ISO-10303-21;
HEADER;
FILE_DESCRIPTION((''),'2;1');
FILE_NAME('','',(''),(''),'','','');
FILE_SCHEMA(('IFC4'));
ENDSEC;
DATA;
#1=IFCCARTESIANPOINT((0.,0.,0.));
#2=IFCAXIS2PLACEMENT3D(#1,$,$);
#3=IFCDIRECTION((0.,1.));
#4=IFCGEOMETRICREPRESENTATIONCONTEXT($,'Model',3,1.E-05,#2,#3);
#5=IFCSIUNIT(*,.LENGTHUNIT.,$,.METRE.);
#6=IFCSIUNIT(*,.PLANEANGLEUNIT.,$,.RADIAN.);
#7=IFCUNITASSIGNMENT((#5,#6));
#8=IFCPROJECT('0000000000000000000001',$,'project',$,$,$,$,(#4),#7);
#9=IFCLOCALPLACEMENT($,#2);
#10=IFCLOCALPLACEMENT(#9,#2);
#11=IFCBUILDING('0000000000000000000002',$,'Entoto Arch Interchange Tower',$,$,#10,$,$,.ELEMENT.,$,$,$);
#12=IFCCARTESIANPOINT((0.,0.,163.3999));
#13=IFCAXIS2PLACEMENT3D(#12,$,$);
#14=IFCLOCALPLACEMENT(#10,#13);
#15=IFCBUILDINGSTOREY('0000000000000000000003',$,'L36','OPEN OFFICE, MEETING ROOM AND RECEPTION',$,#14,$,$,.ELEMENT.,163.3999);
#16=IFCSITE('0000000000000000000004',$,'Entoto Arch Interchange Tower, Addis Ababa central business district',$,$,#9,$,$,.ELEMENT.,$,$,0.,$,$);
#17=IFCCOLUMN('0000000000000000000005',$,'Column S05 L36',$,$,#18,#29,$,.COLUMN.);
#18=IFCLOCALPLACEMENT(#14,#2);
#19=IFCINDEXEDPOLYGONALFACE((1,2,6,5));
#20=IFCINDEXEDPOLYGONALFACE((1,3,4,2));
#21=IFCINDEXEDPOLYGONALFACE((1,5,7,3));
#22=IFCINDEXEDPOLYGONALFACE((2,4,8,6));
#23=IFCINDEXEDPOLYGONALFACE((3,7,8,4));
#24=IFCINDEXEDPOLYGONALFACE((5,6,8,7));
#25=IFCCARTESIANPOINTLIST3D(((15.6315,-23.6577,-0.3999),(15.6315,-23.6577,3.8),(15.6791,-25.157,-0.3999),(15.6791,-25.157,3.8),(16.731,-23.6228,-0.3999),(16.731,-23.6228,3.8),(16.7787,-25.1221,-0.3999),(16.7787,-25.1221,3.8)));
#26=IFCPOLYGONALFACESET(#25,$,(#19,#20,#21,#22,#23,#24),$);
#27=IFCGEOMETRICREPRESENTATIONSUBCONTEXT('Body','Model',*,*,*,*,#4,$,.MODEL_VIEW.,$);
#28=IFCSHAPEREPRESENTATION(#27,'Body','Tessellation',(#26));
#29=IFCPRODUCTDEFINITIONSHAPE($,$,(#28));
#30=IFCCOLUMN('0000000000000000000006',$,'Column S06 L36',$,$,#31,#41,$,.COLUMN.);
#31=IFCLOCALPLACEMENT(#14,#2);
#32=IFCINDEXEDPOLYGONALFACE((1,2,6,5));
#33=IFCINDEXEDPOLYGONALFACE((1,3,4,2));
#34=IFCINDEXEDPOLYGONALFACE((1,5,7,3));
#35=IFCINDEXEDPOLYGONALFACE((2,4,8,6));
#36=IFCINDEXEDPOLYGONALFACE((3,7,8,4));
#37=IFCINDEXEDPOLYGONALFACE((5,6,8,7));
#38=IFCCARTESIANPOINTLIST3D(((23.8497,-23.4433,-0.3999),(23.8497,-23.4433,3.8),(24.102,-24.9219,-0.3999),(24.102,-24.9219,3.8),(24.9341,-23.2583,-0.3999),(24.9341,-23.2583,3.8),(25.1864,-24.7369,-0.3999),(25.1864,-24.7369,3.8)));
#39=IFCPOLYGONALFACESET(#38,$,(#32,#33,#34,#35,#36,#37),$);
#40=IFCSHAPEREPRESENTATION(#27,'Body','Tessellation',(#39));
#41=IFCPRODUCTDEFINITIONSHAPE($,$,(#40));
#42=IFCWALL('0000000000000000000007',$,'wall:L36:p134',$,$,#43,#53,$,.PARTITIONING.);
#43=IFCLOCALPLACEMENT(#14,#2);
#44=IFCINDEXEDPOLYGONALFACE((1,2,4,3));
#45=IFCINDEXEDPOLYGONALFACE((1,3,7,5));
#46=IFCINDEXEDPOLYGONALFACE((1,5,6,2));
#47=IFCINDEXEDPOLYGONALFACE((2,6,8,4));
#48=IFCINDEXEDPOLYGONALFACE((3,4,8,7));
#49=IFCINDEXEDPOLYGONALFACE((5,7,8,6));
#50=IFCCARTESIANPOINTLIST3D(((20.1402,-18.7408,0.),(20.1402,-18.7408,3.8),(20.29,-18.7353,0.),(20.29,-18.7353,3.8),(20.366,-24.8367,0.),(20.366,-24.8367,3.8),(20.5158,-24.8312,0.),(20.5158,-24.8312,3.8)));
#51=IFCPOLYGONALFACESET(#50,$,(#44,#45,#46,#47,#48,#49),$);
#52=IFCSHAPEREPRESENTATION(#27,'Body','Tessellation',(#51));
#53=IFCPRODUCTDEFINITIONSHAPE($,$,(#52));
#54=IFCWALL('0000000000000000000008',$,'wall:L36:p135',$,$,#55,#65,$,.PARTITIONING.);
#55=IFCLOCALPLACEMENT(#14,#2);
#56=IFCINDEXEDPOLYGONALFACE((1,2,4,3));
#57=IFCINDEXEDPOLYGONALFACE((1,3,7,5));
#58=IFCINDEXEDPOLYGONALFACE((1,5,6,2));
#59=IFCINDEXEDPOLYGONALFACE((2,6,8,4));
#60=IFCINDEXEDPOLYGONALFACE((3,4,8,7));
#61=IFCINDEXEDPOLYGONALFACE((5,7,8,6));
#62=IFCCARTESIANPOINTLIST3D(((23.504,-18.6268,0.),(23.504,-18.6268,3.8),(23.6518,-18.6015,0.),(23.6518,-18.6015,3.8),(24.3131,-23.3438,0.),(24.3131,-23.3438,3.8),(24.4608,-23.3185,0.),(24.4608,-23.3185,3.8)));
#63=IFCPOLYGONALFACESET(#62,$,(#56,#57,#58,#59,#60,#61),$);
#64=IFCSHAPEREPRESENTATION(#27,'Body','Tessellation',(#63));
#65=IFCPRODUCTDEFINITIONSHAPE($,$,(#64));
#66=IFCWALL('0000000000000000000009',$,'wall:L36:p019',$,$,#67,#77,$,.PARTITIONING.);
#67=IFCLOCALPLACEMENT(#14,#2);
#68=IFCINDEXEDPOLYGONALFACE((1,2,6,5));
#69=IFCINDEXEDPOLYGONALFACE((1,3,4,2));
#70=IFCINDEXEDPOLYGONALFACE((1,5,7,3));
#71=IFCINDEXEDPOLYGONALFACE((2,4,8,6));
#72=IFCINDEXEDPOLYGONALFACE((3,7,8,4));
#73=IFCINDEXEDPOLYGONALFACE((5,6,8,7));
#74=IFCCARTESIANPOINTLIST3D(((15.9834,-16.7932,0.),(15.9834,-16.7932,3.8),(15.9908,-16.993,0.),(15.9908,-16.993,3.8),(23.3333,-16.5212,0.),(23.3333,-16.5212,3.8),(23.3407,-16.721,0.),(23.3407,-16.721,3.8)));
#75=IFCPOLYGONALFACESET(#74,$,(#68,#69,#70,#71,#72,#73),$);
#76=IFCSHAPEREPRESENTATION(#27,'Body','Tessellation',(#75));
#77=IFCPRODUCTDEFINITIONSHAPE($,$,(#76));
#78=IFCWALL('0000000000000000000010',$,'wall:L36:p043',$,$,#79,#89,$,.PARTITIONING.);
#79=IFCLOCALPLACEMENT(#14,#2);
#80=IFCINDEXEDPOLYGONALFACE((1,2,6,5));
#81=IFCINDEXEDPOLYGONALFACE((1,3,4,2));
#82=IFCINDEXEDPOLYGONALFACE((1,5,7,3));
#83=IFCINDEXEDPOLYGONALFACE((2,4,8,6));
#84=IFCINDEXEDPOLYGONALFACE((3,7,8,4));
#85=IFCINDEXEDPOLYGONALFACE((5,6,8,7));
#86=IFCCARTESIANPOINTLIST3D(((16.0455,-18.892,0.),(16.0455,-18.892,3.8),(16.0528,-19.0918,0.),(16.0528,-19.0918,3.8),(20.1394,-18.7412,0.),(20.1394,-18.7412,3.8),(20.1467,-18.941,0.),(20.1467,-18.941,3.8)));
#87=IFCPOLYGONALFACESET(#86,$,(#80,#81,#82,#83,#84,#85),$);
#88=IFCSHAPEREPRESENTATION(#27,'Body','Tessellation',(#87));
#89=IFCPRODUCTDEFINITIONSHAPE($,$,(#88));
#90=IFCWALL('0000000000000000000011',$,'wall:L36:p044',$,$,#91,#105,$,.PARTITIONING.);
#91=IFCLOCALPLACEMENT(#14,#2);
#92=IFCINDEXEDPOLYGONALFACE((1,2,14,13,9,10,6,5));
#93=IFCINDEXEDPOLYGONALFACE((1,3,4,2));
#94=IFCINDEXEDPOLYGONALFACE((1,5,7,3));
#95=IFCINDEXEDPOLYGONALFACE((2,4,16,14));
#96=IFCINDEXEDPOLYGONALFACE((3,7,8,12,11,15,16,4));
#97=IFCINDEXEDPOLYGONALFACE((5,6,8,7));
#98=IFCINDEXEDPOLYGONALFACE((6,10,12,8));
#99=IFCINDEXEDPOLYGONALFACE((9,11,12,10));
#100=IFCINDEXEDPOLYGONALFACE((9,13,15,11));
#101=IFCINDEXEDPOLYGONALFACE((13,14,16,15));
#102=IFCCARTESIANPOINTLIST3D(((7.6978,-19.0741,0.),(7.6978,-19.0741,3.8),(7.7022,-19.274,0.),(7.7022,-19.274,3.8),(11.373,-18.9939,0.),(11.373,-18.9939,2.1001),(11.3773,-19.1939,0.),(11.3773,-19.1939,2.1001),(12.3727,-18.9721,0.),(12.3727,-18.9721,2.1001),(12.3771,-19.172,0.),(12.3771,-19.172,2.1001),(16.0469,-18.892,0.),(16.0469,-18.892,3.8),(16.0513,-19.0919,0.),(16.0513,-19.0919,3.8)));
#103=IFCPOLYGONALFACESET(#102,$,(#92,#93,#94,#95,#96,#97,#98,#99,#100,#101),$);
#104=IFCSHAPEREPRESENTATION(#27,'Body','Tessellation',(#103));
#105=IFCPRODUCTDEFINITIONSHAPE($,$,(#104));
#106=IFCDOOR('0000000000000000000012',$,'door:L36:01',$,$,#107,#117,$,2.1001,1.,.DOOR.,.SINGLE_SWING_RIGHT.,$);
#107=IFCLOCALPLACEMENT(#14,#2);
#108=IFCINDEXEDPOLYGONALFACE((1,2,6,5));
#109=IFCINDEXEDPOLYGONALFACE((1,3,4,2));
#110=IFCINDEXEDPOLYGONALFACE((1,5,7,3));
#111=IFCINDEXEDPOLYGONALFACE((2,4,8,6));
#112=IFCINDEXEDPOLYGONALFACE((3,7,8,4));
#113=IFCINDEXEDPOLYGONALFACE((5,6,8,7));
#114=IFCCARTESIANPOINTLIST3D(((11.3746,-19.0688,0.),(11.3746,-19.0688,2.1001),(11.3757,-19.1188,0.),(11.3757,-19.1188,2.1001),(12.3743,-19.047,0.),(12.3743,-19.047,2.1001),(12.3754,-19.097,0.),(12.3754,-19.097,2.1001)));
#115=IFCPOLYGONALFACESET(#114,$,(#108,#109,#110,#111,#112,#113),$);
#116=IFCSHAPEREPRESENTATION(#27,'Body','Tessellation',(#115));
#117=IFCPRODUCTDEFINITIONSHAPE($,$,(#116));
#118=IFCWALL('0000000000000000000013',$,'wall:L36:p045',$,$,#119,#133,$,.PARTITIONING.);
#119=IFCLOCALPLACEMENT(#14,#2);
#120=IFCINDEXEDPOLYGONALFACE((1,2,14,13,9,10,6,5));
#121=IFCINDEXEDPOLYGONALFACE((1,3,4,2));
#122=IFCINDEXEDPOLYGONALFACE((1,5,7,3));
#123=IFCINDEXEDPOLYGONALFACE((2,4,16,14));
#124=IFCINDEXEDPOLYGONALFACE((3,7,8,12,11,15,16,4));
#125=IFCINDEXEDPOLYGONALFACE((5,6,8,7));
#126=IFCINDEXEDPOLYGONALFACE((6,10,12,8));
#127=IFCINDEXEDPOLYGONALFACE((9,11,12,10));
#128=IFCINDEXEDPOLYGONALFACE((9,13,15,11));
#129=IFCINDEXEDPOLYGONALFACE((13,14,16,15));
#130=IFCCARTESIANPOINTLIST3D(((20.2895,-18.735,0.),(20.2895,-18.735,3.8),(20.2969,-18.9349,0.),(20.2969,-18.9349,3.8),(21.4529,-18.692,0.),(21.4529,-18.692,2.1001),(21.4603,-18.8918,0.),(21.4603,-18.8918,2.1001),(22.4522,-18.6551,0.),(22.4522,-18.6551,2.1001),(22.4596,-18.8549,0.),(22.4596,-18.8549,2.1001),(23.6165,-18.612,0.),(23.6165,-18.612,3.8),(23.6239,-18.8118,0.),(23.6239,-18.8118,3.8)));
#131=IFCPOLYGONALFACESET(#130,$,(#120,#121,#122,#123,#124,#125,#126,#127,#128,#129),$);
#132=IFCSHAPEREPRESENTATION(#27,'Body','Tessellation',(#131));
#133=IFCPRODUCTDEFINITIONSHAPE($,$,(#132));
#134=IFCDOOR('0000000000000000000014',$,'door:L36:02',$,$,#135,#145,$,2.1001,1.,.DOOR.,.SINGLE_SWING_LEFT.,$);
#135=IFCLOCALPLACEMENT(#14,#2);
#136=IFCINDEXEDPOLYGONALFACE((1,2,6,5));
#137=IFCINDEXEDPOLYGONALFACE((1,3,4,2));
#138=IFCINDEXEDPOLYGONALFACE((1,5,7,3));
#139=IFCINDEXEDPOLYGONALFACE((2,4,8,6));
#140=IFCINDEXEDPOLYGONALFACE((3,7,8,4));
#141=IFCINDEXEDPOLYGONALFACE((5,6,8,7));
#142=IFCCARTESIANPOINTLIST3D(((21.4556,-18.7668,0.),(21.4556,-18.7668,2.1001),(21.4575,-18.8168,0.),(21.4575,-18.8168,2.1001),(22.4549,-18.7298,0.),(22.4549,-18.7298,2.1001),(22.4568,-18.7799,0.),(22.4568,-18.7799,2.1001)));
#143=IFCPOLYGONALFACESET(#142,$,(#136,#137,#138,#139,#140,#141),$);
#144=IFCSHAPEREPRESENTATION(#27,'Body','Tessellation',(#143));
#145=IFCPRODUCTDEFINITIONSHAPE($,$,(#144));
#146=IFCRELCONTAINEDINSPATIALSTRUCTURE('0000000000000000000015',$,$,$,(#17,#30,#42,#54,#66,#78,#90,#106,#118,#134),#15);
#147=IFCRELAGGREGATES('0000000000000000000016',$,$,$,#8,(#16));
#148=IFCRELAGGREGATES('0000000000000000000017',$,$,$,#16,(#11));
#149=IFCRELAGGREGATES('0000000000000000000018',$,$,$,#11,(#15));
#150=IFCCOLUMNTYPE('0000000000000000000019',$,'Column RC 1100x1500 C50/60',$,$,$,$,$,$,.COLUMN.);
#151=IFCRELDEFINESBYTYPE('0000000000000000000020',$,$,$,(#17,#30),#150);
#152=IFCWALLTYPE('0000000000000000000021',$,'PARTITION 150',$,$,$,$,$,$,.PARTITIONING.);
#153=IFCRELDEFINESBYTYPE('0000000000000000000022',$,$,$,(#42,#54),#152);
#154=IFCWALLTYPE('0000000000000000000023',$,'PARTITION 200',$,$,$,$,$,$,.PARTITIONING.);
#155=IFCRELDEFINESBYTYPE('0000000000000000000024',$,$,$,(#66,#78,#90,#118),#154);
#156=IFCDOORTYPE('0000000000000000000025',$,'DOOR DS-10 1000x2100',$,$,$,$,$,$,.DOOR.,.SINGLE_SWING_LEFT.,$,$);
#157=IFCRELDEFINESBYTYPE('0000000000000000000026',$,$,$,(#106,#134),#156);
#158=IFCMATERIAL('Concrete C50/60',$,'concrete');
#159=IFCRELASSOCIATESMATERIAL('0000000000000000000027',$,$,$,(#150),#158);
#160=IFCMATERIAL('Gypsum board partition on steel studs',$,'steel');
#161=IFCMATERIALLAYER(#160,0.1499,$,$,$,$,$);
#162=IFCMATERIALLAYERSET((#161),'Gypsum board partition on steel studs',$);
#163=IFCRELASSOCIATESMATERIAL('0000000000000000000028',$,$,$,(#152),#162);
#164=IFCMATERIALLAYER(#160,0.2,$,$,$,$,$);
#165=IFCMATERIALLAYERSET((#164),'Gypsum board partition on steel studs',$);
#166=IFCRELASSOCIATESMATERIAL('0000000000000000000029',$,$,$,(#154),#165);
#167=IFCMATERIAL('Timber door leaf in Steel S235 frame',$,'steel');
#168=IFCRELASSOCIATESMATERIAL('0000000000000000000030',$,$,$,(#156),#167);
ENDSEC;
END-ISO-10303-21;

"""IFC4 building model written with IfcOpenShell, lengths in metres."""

from ifc_helpers import new_model, si_unit, direction, frame, frame_2d, origin, origin_2d, place, context, subcontext, project, spatial, rectangle, extrude, material, layer, layer_set, material_profile, profile_set, type_object, element, fill, save


model = new_model("IFC4")

# Units and contexts
model_context = context("Model", 3, precision=1e-05, world=origin(), true_north=direction((0.0, 1.0)))
body_context = subcontext(model_context, "Body", "Model", "MODEL_VIEW")
ifc_project = project(units=[si_unit("LENGTHUNIT", "METRE"), si_unit("PLANEANGLEUNIT", "RADIAN")], contexts=[model_context])

# Site, building, storey
site_placement = place(None, origin())
site = spatial("IfcSite", under=ifc_project, at=site_placement, Name="Entoto Arch Interchange Tower, Addis Ababa central business district", CompositionType="ELEMENT", RefElevation=0.0)
building_placement = place(site_placement, origin())
building = spatial("IfcBuilding", under=site, at=building_placement, Name="Entoto Arch Interchange Tower", CompositionType="ELEMENT")
storey_placement = place(building_placement, frame((0.0, 0.0, 163.3999)))
storey = spatial("IfcBuildingStorey", under=building, at=storey_placement, Name="L36", Description="OPEN OFFICE, MEETING ROOM AND RECEPTION", CompositionType="ELEMENT", Elevation=163.3999)

# Columns
ifc_material_1 = material(Name="Concrete C50/60", Category="concrete")
ifc_material_profile = material_profile(ifc_material_1, rectangle(XDim=1.1001, YDim=1.5, at=origin_2d()))
ifc_profile_set = profile_set([ifc_material_profile], Name="Concrete C50/60")
column_type = type_object("IfcColumnType", Name="Column RC 1100x1500 C50/60", PredefinedType="COLUMN", material=ifc_profile_set)
for number, where, z_axis, x_axis, name in (
    (1, (16.2051, -24.3899, -0.3999), (0.0, 0.0, 1.0), (0.999496, 0.031742, 0.0), "Column S05 L36"),
    (2, (24.5181, -24.0901, -0.3999), (0.0, 0.0, 1.0), (0.985753, 0.168197, 0.0), "Column S06 L36"),
):
    element("IfcColumn", number, at=place(storey_placement, frame(where, z_axis=z_axis, x_axis=x_axis)), inside=storey, type_object=column_type, Name=name, PredefinedType="COLUMN", context=body_context, shape_type="SweptSolid", body=[
        extrude(rectangle(XDim=1.1001, YDim=1.5, at=origin_2d()), origin(), (0.0, 0.0, 1.0), 4.2),
    ])

# Walls
ifc_material_2 = material(Name="Gypsum board partition on steel studs", Category="steel")
ifc_layer_1 = layer(ifc_material_2, 0.1499)
ifc_layer_set_1 = layer_set([ifc_layer_1], Name="Gypsum board partition on steel studs")
wall_type_1 = type_object("IfcWallType", Name="PARTITION 150", PredefinedType="PARTITIONING", material=ifc_layer_set_1)
wall_1_placement = place(storey_placement, frame((20.2151, -18.738, 0.0), z_axis=(0.0, 0.0, 1.0), x_axis=(0.037021, -0.999315, 0.0)))
element("IfcWall", 3, at=wall_1_placement, inside=storey, type_object=wall_type_1, Name="wall:L36:p134", PredefinedType="PARTITIONING", context=body_context, shape_type="SweptSolid", body=[
    extrude(rectangle(XDim=6.1001, YDim=0.1499, at=frame_2d((3.05, 0.0))), origin(), (0.0, 0.0, 1.0), 3.8),
])
wall_2_placement = place(storey_placement, frame((23.5779, -18.614, 0.0), z_axis=(0.0, 0.0, 1.0), x_axis=(0.169054, -0.985607, 0.0)))
element("IfcWall", 4, at=wall_2_placement, inside=storey, type_object=wall_type_1, Name="wall:L36:p135", PredefinedType="PARTITIONING", context=body_context, shape_type="SweptSolid", body=[
    extrude(rectangle(XDim=4.7859, YDim=0.1499, at=frame_2d((2.3931, 0.0))), origin(), (0.0, 0.0, 1.0), 3.8),
])
ifc_layer_2 = layer(ifc_material_2, 0.2)
ifc_layer_set_2 = layer_set([ifc_layer_2], Name="Gypsum board partition on steel studs")
wall_type_2 = type_object("IfcWallType", Name="PARTITION 200", PredefinedType="PARTITIONING", material=ifc_layer_set_2)
wall_3_placement = place(storey_placement, frame((15.9871, -16.8931, 0.0), z_axis=(0.0, 0.0, 1.0), x_axis=(0.999316, 0.036979, 0.0)))
element("IfcWall", 5, at=wall_3_placement, inside=storey, type_object=wall_type_2, Name="wall:L36:p019", PredefinedType="PARTITIONING", context=body_context, shape_type="SweptSolid", body=[
    extrude(rectangle(XDim=7.355, YDim=0.2, at=frame_2d((3.6775, 0.0))), origin(), (0.0, 0.0, 1.0), 3.8),
])
wall_4_placement = place(storey_placement, frame((20.1431, -18.8411, 0.0), z_axis=(0.0, 0.0, 1.0), x_axis=(-0.999322, -0.036829, 0.0)))
element("IfcWall", 6, at=wall_4_placement, inside=storey, type_object=wall_type_2, Name="wall:L36:p043", PredefinedType="PARTITIONING", context=body_context, shape_type="SweptSolid", body=[
    extrude(rectangle(XDim=4.0967, YDim=0.2, at=frame_2d((2.0483, 0.0))), origin(), (0.0, 0.0, 1.0), 3.8),
])

# Walls, openings, doors
wall_5_placement = place(storey_placement, frame((16.0491, -18.9919, 0.0), z_axis=(0.0, 0.0, 1.0), x_axis=(-0.999762, -0.021809, 0.0)))
wall_5 = element("IfcWall", 7, at=wall_5_placement, inside=storey, type_object=wall_type_2, Name="wall:L36:p044", PredefinedType="PARTITIONING", context=body_context, shape_type="SweptSolid", body=[
    extrude(rectangle(XDim=8.3511, YDim=0.2, at=frame_2d((4.1755, 0.0))), origin(), (0.0, 0.0, 1.0), 3.8),
])
opening_1_placement = place(wall_5_placement, frame((3.675, 0.0, 0.0)))
opening_1 = element("IfcOpeningElement", 8, at=opening_1_placement, cuts=wall_5, PredefinedType="OPENING", context=body_context, shape_type="SweptSolid", body=[
    extrude(rectangle(XDim=1.0, YDim=2.1001, at=frame_2d((0.5, 1.05))), frame((0.0, 0.1099, 0.0), z_axis=(0.0, -1.0, 0.0), x_axis=(1.0, 0.0, 0.0)), (0.0, 0.0, 1.0), 0.22),
])
ifc_material_3 = material(Name="Timber door leaf in Steel S235 frame", Category="steel")
door_type = type_object("IfcDoorType", Name="DOOR DS-10 1000x2100", OperationType="SINGLE_SWING_LEFT", PredefinedType="DOOR", material=ifc_material_3)
door_1_placement = place(opening_1_placement, origin())
door_1 = element("IfcDoor", 9, at=door_1_placement, inside=storey, type_object=door_type, Name="door:L36:01", OperationType="SINGLE_SWING_RIGHT", OverallHeight=2.1001, OverallWidth=1.0, PredefinedType="DOOR", context=body_context, shape_type="SweptSolid", body=[
    extrude(rectangle(XDim=1.0, YDim=2.1001, at=frame_2d((0.5, 1.05))), frame((0.0, 0.0249, 0.0), z_axis=(0.0, -1.0, 0.0), x_axis=(1.0, 0.0, 0.0)), (0.0, 0.0, 1.0), 0.05),
])
fill(opening_1, door_1)
wall_6_placement = place(storey_placement, frame((23.6201, -18.7119, 0.0), z_axis=(0.0, 0.0, 1.0), x_axis=(-0.999317, -0.036957, 0.0)))
wall_6 = element("IfcWall", 10, at=wall_6_placement, inside=storey, type_object=wall_type_2, Name="wall:L36:p045", PredefinedType="PARTITIONING", context=body_context, shape_type="SweptSolid", body=[
    extrude(rectangle(XDim=3.3293, YDim=0.2, at=frame_2d((1.6646, 0.0))), origin(), (0.0, 0.0, 1.0), 3.8),
])
opening_2_placement = place(wall_6_placement, frame((1.165, 0.0, 0.0)))
opening_2 = element("IfcOpeningElement", 11, at=opening_2_placement, cuts=wall_6, PredefinedType="OPENING", context=body_context, shape_type="SweptSolid", body=[
    extrude(rectangle(XDim=1.0, YDim=2.1001, at=frame_2d((0.5, 1.05))), frame((0.0, 0.1099, 0.0), z_axis=(0.0, -1.0, 0.0), x_axis=(1.0, 0.0, 0.0)), (0.0, 0.0, 1.0), 0.22),
])
door_2_placement = place(opening_2_placement, origin())
door_2 = element("IfcDoor", 12, at=door_2_placement, inside=storey, type_object=door_type, Name="door:L36:02", OperationType="SINGLE_SWING_LEFT", OverallHeight=2.1001, OverallWidth=1.0, PredefinedType="DOOR", context=body_context, shape_type="SweptSolid", body=[
    extrude(rectangle(XDim=1.0, YDim=2.1001, at=frame_2d((0.5, 1.05))), frame((0.0, 0.0249, 0.0), z_axis=(0.0, -1.0, 0.0), x_axis=(1.0, 0.0, 0.0)), (0.0, 0.0, 1.0), 0.05),
])
fill(opening_2, door_2)

save(model, "model.ifc")
